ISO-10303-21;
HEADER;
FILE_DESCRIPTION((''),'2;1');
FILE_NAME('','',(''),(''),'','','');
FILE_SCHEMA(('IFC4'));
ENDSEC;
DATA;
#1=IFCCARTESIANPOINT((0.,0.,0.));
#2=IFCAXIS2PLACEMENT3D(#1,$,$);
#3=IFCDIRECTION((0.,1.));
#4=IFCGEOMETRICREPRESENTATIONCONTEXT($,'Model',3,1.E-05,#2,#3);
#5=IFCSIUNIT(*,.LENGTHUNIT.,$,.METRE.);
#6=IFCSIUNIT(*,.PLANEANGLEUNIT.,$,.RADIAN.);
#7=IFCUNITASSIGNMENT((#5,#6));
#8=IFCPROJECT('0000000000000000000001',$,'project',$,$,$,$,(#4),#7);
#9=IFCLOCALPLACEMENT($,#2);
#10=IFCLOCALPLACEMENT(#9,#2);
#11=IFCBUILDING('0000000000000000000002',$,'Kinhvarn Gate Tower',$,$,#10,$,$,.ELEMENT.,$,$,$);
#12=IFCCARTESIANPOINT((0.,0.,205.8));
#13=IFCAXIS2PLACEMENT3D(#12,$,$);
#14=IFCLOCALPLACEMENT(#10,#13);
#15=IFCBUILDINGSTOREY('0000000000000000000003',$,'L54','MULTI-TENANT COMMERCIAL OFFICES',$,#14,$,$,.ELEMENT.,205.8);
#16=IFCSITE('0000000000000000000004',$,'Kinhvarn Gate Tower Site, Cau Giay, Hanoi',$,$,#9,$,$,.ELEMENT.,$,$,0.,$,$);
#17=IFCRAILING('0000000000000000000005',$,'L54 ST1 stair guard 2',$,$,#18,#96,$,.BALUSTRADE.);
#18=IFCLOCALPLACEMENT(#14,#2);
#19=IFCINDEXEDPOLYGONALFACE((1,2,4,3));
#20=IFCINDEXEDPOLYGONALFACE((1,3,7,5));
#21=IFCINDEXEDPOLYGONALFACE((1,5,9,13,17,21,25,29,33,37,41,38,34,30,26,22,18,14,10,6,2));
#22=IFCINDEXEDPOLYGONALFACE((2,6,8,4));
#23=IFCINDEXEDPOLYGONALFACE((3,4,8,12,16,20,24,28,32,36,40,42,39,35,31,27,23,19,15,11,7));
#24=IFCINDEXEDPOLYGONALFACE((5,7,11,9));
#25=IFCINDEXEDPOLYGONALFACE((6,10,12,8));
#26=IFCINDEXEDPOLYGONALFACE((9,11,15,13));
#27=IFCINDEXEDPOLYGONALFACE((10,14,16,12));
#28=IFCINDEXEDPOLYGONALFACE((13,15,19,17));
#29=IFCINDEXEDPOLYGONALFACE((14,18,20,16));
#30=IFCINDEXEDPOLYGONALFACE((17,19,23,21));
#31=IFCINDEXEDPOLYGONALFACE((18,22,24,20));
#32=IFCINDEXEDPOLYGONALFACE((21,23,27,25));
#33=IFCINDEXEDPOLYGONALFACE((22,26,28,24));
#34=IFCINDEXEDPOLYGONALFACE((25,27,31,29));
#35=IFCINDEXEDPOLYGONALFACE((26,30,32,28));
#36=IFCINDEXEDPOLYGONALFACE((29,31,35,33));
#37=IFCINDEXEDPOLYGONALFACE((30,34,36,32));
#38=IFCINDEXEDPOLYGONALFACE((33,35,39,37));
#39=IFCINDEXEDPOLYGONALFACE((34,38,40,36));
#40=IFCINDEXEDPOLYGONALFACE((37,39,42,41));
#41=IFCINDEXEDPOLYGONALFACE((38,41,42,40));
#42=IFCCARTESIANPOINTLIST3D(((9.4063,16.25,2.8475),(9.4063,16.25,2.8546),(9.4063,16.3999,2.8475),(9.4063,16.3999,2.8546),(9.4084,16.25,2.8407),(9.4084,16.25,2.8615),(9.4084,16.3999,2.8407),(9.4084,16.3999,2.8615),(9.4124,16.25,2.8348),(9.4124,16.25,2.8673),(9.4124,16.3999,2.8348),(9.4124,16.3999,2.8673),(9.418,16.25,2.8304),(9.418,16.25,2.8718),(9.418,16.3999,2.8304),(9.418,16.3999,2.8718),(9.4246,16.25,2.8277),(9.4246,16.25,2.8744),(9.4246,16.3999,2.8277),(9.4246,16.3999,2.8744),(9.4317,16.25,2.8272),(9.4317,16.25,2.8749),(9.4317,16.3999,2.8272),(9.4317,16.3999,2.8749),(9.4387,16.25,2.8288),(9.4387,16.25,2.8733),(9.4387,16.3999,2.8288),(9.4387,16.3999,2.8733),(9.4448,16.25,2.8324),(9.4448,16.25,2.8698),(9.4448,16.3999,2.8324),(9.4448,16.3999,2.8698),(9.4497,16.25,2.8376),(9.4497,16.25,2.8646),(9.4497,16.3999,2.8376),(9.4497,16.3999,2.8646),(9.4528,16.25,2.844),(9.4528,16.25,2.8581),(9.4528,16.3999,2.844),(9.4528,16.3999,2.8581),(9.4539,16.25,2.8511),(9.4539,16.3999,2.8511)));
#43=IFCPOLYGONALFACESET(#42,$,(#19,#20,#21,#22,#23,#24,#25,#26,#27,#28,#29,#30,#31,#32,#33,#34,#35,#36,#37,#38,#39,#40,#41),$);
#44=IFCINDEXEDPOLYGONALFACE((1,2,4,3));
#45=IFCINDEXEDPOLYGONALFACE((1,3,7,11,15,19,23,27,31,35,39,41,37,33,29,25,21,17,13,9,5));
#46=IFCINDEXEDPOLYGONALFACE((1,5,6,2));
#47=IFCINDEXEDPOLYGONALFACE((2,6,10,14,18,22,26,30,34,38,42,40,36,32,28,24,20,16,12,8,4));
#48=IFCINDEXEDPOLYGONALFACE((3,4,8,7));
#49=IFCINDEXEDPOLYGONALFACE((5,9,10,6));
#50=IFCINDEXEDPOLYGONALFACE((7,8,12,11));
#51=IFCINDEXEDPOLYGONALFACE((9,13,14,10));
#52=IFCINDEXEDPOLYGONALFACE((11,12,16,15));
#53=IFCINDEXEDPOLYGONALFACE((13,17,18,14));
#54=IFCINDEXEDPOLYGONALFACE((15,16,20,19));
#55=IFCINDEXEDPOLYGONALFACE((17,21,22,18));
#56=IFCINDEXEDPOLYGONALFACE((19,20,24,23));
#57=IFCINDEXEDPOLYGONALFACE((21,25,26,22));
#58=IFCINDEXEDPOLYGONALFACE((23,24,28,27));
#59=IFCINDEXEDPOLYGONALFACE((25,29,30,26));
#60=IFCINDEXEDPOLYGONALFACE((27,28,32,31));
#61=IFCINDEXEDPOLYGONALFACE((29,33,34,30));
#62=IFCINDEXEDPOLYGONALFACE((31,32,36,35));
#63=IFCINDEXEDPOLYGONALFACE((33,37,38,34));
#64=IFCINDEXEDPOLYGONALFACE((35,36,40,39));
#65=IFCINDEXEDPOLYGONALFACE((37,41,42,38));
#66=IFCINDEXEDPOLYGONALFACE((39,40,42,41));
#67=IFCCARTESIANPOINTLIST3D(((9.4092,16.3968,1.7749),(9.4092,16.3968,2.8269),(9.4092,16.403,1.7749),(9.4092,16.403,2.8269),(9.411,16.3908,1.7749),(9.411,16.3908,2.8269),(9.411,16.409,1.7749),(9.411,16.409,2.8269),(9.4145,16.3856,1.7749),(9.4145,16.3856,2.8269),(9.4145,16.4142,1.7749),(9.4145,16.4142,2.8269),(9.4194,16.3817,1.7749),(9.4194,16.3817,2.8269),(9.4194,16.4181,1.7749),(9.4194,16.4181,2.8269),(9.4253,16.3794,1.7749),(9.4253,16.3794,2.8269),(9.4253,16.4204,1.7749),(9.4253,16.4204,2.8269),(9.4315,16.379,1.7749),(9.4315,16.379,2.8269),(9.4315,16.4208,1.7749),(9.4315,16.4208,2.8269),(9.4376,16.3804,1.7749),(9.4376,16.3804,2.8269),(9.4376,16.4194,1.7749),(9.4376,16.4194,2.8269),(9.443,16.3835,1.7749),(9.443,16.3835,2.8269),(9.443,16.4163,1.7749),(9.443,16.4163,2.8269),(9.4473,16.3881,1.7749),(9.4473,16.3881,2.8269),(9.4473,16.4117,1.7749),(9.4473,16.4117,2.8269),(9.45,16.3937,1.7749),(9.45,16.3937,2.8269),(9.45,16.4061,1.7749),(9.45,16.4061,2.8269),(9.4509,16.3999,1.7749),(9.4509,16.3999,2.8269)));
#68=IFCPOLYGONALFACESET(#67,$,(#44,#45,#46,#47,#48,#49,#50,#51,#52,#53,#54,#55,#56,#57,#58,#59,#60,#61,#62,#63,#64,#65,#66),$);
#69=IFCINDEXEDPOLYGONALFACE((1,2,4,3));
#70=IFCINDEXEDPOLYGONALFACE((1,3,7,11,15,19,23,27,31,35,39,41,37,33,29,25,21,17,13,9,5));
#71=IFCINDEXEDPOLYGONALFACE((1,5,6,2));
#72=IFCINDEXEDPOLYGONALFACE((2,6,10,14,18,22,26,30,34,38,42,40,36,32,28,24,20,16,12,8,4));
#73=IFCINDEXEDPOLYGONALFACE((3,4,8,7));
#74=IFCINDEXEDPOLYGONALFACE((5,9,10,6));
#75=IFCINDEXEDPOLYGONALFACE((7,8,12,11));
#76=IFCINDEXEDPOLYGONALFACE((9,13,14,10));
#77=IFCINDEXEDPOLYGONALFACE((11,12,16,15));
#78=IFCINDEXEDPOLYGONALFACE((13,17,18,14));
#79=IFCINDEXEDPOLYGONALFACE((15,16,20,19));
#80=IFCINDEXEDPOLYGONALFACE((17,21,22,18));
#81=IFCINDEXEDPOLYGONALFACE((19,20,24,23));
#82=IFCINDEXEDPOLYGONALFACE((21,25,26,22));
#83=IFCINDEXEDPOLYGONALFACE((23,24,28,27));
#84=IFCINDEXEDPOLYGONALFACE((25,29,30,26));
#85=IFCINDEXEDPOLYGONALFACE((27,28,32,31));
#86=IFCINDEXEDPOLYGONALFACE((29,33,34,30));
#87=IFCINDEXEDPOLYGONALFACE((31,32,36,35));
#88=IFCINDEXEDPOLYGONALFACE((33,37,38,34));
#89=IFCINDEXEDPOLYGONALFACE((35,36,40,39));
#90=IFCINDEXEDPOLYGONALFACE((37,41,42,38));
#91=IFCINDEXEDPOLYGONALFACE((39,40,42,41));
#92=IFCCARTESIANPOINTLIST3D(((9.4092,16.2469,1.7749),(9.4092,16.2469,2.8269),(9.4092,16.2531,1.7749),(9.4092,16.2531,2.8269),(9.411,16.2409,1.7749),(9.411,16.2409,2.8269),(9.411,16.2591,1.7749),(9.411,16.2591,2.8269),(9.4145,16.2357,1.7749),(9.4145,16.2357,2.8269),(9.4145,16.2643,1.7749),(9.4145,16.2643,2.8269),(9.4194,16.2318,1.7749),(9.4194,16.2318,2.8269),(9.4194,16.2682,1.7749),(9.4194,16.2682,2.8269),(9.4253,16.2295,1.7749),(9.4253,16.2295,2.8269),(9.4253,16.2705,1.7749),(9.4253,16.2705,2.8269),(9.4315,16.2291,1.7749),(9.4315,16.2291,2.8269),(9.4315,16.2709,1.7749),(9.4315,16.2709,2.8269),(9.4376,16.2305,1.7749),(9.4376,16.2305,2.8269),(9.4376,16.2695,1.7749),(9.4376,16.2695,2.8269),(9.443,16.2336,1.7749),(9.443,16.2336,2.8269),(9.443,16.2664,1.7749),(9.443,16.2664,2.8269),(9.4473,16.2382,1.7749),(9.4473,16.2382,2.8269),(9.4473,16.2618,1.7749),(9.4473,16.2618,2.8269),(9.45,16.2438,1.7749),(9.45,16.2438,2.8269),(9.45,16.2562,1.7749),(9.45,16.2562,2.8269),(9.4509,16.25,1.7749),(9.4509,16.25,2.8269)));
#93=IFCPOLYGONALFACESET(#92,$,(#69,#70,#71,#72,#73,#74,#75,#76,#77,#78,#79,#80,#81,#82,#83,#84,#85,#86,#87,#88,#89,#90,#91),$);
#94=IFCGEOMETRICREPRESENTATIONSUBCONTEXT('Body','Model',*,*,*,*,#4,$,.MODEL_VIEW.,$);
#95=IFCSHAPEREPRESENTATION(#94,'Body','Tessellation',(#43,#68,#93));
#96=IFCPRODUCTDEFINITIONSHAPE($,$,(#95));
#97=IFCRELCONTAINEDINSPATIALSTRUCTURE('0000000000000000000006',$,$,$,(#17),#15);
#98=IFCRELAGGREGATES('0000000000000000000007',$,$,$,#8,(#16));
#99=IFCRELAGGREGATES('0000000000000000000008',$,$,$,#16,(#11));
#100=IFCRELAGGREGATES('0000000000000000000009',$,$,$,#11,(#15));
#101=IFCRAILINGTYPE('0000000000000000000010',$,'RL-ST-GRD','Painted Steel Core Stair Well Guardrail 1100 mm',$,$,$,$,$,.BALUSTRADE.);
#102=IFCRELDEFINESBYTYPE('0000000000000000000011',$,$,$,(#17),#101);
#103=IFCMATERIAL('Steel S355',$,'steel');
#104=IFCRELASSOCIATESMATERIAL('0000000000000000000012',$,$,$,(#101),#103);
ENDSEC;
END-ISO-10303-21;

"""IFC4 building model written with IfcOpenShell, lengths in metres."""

from ifc_helpers import new_model, si_unit, direction, frame, origin, origin_2d, place, context, subcontext, project, spatial, circle, extrude, material, type_object, element, save


model = new_model("IFC4")

# Units and contexts
model_context = context("Model", 3, precision=1e-05, world=origin(), true_north=direction((0.0, 1.0)))
body_context = subcontext(model_context, "Body", "Model", "MODEL_VIEW")
ifc_project = project(units=[si_unit("LENGTHUNIT", "METRE"), si_unit("PLANEANGLEUNIT", "RADIAN")], contexts=[model_context])

# Site, building, storey
site_placement = place(None, origin())
site = spatial("IfcSite", under=ifc_project, at=site_placement, Name="Kinhvarn Gate Tower Site, Cau Giay, Hanoi", CompositionType="ELEMENT", RefElevation=0.0)
building_placement = place(site_placement, origin())
building = spatial("IfcBuilding", under=site, at=building_placement, Name="Kinhvarn Gate Tower", CompositionType="ELEMENT")
storey_placement = place(building_placement, frame((0.0, 0.0, 205.8)))
storey = spatial("IfcBuildingStorey", under=building, at=storey_placement, Name="L54", Description="MULTI-TENANT COMMERCIAL OFFICES", CompositionType="ELEMENT", Elevation=205.8)

# Shared definitions
ifc_material_1 = material(Name="Steel S355", Category="steel")

# Railing
railing_type_1 = type_object("IfcRailingType", Name="RL-ST-GRD", Description="Painted Steel Core Stair Well Guardrail 1100 mm", PredefinedType="BALUSTRADE", material=ifc_material_1)
railing_1_placement = place(storey_placement, frame((9.4299, 16.3999, 1.7749)))
element("IfcRailing", 1, at=railing_1_placement, inside=storey, type_object=railing_type_1, Name="L54 ST1 stair guard 2", PredefinedType="BALUSTRADE", context=body_context, shape_type="SweptSolid", body=[
    extrude(circle(Radius=0.0239, at=origin_2d()), frame((0.0, 0.0, 1.0762), z_axis=(0.0, -1.0, 0.0), x_axis=(1.0, 0.0, 0.0)), (0.0, 0.0, 1.0), 0.1499),
    extrude(circle(Radius=0.021, at=origin_2d()), origin(), (0.0, 0.0, 1.0), 1.052),
    extrude(circle(Radius=0.021, at=origin_2d()), frame((0.0, -0.1499, 0.0)), (0.0, 0.0, 1.0), 1.052),
])

save(model, "model.ifc")
